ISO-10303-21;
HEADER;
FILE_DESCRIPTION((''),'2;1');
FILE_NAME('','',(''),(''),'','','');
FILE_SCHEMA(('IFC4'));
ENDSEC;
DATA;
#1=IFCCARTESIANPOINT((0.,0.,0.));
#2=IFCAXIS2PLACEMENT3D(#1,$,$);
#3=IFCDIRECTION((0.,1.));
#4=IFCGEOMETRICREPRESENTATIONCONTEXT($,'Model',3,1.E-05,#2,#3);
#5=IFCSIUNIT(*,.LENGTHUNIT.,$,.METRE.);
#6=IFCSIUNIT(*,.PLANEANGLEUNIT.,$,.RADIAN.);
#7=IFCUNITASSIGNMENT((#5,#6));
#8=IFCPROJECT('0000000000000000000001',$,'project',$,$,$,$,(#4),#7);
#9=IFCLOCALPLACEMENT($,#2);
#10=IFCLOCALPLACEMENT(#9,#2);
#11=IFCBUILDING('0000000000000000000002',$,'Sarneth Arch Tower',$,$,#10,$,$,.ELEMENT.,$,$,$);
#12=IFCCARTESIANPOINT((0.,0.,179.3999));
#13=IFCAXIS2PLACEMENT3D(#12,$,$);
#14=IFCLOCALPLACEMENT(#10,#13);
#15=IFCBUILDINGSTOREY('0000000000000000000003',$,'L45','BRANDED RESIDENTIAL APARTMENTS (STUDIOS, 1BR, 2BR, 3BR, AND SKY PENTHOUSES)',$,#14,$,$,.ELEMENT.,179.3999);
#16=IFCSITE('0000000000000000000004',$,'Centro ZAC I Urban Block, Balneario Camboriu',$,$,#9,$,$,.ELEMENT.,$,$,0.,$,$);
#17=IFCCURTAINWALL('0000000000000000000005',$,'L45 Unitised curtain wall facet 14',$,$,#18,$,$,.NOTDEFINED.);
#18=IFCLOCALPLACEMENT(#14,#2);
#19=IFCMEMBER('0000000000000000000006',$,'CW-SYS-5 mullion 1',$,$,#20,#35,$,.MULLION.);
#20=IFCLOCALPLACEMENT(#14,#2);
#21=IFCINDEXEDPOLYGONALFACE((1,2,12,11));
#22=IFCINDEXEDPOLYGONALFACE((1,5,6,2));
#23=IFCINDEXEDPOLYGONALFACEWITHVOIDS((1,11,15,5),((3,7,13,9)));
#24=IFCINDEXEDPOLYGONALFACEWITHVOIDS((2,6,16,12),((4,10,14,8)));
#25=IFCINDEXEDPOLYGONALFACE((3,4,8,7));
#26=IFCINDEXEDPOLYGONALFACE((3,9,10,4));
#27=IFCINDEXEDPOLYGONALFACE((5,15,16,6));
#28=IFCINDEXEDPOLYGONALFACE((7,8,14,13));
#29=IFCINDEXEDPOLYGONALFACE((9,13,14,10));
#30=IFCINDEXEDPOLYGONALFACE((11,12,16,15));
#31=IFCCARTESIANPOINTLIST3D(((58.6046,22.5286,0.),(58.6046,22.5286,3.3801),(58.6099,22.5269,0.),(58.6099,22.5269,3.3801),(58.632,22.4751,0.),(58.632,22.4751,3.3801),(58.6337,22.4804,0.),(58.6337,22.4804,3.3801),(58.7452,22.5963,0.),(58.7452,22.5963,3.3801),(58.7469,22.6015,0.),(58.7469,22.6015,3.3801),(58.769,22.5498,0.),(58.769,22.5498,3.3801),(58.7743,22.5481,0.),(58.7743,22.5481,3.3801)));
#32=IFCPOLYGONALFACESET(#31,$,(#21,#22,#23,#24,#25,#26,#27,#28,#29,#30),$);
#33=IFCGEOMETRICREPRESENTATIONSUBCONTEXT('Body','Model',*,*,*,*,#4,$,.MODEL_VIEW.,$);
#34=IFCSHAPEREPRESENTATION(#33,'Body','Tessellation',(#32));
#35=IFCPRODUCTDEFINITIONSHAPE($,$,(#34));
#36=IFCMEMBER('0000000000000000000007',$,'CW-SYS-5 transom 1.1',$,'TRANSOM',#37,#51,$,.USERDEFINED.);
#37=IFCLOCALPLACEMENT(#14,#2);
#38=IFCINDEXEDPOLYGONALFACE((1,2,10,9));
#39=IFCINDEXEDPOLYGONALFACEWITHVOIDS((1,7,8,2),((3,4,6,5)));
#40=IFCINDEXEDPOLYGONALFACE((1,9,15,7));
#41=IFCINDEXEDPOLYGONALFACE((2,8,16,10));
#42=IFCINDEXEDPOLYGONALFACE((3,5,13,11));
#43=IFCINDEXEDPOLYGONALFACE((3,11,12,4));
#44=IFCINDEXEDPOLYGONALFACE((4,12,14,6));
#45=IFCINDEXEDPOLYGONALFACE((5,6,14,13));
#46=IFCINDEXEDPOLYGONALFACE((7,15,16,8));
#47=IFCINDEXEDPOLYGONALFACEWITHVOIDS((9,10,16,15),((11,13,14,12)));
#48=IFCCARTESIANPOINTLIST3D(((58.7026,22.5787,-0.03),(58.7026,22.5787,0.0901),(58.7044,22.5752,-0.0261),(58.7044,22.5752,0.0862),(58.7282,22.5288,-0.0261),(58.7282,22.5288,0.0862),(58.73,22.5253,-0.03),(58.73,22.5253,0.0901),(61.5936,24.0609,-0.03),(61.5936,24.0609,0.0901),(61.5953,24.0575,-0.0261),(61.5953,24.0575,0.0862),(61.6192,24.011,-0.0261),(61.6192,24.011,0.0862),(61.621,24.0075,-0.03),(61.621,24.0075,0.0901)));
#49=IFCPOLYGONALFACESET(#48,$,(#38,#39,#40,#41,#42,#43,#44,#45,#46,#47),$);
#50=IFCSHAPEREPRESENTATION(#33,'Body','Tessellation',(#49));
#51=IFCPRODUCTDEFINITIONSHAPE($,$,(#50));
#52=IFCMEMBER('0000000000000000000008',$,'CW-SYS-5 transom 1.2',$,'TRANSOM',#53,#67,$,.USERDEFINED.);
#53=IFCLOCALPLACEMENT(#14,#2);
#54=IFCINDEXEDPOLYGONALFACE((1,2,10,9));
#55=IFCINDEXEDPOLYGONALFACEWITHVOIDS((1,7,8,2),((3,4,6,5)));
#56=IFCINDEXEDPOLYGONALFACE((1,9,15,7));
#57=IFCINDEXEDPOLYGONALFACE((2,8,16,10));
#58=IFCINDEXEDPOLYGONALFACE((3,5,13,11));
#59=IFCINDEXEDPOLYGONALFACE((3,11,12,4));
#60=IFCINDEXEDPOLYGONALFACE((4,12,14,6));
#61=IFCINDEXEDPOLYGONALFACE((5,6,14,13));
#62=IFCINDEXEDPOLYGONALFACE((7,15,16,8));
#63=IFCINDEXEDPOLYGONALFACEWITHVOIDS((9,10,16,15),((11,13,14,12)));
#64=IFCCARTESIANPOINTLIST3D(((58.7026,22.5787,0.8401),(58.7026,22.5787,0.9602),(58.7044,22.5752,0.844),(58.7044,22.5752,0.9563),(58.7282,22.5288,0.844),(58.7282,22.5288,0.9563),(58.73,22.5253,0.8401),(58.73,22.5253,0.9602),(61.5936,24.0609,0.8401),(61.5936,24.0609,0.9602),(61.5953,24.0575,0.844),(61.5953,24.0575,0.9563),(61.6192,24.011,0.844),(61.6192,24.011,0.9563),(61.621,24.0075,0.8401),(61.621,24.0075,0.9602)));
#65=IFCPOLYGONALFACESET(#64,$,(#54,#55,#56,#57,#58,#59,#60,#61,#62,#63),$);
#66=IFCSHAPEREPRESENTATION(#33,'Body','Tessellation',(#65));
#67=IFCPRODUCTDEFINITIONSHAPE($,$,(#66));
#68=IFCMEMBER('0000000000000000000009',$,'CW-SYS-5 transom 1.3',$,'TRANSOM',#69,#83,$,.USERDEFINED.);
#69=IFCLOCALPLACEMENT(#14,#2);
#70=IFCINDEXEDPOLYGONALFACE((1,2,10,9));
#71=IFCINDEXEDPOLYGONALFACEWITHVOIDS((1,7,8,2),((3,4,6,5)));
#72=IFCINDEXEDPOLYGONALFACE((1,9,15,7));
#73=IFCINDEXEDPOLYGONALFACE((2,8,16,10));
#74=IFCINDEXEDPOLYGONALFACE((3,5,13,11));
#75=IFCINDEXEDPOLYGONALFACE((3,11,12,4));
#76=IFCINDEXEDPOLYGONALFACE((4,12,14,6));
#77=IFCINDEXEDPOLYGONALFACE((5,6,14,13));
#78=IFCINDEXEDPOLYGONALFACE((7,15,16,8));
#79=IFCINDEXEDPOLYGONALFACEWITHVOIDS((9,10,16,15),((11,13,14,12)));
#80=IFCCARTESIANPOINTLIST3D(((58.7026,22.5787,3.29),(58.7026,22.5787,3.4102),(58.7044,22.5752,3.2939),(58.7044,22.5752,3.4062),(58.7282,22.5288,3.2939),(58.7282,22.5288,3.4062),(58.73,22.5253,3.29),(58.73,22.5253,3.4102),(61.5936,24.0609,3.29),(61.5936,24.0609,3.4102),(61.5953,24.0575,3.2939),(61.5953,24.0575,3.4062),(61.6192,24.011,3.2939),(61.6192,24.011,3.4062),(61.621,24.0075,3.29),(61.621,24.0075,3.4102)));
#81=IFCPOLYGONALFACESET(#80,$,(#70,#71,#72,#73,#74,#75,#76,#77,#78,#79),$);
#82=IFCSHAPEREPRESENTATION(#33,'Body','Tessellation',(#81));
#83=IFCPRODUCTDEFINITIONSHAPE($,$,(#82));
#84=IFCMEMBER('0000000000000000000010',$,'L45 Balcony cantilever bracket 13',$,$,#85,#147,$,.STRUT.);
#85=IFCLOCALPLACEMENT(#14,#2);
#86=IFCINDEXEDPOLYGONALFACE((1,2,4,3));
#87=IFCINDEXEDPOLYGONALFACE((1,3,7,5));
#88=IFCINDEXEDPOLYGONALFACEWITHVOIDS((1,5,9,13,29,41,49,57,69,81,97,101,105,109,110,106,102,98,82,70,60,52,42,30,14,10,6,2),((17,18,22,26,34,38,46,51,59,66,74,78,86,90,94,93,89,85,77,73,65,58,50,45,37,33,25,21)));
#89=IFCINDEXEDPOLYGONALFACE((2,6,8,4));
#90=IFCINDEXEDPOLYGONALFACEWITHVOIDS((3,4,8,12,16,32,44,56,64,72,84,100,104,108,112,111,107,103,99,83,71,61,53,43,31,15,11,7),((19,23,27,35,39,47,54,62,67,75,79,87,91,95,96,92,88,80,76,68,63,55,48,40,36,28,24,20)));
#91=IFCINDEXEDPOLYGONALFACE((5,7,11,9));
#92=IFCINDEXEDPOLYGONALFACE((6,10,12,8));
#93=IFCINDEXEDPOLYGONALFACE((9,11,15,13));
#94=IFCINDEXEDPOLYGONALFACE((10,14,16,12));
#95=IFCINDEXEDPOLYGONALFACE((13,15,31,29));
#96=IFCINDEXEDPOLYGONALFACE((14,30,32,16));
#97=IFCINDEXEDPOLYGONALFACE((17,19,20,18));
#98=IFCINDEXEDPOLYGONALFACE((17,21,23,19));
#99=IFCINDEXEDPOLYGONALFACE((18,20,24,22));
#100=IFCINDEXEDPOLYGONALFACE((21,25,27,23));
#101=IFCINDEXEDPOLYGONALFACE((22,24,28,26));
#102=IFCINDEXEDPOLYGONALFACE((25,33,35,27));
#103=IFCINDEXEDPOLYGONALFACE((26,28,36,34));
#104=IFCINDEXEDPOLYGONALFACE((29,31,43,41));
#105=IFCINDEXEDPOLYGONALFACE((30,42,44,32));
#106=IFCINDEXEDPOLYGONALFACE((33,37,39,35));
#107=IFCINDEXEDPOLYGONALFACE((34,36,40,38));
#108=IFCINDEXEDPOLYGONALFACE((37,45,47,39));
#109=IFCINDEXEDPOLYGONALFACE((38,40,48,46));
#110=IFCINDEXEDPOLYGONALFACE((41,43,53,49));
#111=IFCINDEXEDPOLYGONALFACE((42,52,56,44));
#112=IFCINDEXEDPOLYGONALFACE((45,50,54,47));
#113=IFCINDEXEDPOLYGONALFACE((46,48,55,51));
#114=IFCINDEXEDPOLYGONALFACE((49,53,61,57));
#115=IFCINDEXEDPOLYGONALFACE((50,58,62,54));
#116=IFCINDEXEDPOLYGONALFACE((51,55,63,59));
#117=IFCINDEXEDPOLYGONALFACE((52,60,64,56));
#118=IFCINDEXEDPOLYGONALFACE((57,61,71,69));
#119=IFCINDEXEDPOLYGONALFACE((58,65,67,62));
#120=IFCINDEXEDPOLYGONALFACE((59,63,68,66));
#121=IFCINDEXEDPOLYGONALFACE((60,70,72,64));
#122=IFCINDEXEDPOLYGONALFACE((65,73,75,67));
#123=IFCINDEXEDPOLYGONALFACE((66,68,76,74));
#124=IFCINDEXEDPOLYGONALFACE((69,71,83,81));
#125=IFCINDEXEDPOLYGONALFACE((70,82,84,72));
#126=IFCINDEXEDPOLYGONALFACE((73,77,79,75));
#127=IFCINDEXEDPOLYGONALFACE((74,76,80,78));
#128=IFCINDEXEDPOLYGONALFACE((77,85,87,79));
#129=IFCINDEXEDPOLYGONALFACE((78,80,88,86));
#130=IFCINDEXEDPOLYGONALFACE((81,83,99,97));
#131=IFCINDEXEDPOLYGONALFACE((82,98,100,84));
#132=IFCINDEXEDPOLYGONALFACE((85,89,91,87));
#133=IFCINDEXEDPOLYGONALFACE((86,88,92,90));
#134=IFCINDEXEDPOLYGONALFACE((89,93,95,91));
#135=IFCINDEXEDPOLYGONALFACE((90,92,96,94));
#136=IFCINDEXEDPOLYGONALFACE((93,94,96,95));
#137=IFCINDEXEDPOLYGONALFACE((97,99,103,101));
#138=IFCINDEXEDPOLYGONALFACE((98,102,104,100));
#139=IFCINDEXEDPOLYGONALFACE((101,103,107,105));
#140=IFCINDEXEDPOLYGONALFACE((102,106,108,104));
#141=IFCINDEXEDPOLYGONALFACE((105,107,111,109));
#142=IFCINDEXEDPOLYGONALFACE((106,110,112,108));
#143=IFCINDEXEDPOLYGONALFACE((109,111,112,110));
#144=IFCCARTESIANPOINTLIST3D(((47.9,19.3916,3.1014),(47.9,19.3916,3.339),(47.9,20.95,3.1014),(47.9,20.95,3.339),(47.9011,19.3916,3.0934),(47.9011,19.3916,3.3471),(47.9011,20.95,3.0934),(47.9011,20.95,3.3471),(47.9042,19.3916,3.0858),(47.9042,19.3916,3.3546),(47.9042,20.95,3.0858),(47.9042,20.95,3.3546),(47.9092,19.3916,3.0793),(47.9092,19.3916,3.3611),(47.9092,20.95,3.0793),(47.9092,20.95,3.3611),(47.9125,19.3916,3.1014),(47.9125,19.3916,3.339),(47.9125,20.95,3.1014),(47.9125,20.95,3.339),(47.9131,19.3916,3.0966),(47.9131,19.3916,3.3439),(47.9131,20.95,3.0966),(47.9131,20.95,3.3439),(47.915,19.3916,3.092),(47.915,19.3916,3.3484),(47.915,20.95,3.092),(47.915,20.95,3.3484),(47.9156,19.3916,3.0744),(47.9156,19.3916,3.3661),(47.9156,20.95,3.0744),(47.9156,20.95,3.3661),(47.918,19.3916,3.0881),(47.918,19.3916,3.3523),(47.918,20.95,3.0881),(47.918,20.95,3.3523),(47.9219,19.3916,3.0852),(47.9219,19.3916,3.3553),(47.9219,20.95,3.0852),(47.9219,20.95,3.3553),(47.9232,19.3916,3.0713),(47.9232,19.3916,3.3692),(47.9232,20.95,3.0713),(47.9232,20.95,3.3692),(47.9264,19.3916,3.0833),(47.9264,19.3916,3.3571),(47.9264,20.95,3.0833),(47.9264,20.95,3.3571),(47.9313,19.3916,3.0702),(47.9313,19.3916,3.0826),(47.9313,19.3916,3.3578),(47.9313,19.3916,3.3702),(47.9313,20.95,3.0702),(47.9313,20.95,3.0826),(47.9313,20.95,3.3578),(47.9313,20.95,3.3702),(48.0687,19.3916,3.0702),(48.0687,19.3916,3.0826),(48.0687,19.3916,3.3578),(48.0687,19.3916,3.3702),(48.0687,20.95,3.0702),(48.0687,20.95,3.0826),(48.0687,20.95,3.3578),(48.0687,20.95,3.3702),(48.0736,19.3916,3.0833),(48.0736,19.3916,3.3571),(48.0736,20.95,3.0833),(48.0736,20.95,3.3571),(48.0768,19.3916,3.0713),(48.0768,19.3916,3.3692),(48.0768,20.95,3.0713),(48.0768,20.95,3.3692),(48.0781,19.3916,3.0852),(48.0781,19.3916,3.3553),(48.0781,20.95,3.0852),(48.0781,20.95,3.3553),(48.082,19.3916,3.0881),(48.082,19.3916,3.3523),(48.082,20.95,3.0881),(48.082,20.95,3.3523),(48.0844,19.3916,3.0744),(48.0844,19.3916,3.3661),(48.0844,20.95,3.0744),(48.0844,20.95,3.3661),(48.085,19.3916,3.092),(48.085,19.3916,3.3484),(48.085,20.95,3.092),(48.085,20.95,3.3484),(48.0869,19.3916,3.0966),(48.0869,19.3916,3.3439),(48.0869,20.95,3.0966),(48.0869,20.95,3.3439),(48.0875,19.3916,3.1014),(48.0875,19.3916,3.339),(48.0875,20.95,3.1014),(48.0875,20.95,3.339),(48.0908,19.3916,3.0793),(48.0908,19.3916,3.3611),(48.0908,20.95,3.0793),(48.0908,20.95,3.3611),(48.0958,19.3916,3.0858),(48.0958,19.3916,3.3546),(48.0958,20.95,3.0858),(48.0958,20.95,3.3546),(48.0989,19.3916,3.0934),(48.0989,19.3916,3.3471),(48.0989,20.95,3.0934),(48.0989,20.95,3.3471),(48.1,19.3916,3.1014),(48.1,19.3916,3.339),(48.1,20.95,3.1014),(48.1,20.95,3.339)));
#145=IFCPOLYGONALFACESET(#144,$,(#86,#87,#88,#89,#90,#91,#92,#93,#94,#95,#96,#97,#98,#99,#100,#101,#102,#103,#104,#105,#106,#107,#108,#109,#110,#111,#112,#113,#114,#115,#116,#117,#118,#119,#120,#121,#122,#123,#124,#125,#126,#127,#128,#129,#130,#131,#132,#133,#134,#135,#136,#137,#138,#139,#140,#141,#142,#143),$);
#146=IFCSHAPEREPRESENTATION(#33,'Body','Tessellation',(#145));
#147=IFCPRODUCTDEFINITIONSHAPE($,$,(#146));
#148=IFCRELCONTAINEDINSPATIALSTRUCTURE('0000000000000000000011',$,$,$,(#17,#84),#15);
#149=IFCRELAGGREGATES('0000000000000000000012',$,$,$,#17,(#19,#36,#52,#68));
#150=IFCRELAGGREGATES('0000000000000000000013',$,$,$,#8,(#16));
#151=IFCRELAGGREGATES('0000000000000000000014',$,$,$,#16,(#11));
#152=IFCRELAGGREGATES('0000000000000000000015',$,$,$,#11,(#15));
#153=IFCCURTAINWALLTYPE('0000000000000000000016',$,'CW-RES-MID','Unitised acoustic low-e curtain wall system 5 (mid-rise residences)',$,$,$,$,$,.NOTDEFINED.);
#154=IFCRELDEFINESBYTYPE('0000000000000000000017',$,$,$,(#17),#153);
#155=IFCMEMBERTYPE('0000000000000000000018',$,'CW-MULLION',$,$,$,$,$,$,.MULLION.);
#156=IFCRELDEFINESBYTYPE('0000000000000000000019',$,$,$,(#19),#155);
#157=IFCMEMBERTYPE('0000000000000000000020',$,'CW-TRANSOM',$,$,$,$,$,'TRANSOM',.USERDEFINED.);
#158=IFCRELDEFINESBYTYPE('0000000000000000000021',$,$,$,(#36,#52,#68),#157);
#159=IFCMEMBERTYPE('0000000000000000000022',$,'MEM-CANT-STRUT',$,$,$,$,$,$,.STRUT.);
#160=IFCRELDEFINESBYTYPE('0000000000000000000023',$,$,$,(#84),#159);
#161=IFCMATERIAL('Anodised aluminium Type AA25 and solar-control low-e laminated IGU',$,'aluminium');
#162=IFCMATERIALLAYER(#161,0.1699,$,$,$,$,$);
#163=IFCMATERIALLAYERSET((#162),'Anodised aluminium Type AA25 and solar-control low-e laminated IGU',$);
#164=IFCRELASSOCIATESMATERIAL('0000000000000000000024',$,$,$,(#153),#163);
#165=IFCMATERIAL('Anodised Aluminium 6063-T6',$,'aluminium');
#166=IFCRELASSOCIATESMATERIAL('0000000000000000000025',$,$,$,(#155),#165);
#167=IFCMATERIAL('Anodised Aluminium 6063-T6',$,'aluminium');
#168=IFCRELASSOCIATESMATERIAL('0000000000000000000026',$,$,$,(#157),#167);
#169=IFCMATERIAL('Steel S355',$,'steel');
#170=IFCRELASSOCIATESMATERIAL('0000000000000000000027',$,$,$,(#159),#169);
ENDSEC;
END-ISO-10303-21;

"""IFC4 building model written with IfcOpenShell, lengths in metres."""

from ifc_helpers import new_model, si_unit, direction, frame, origin, origin_2d, place, context, subcontext, project, spatial, hollow_rectangle, extrude, material, layer, layer_set, material_profile, profile_set, type_object, element, aggregate, save


model = new_model("IFC4")

# Units and contexts
model_context = context("Model", 3, precision=1e-05, world=origin(), true_north=direction((0.0, 1.0)))
body_context = subcontext(model_context, "Body", "Model", "MODEL_VIEW")
ifc_project = project(units=[si_unit("LENGTHUNIT", "METRE"), si_unit("PLANEANGLEUNIT", "RADIAN")], contexts=[model_context])

# Site, building, storey
site_placement = place(None, origin())
site = spatial("IfcSite", under=ifc_project, at=site_placement, Name="Centro ZAC I Urban Block, Balneario Camboriu", CompositionType="ELEMENT", RefElevation=0.0)
building_placement = place(site_placement, origin())
building = spatial("IfcBuilding", under=site, at=building_placement, Name="Sarneth Arch Tower", CompositionType="ELEMENT")
storey_placement = place(building_placement, frame((0.0, 0.0, 179.3999)))
storey = spatial("IfcBuildingStorey", under=building, at=storey_placement, Name="L45", Description="BRANDED RESIDENTIAL APARTMENTS (STUDIOS, 1BR, 2BR, 3BR, AND SKY PENTHOUSES)", CompositionType="ELEMENT", Elevation=179.3999)

# Curtain wall, members
ifc_material_1 = material(Name="Anodised aluminium Type AA25 and solar-control low-e laminated IGU", Category="aluminium")
ifc_layer_1 = layer(ifc_material_1, 0.1699)
ifc_layer_set_1 = layer_set([ifc_layer_1], Name="Anodised aluminium Type AA25 and solar-control low-e laminated IGU")
curtain_wall_type = type_object("IfcCurtainWallType", Name="CW-RES-MID", Description="Unitised acoustic low-e curtain wall system 5 (mid-rise residences)", PredefinedType="NOTDEFINED", material=ifc_layer_set_1)
curtain_wall_placement = place(storey_placement, origin())
curtain_wall = element("IfcCurtainWall", 1, at=curtain_wall_placement, inside=storey, type_object=curtain_wall_type, Name="L45 Unitised curtain wall facet 14", PredefinedType="NOTDEFINED")
ifc_material_2 = material(Name="Anodised Aluminium 6063-T6", Category="aluminium")
ifc_material_profile_1 = material_profile(ifc_material_2, hollow_rectangle(XDim=0.0601, YDim=0.1599, WallThickness=0.0039, at=origin_2d()), Name="AL-MULL-160x60x4")
ifc_profile_set_1 = profile_set([ifc_material_profile_1], Name="Anodised Aluminium 6063-T6")
member_type_1 = type_object("IfcMemberType", Name="CW-MULLION", PredefinedType="MULLION", material=ifc_profile_set_1)
member_1_placement = place(storey_placement, frame((58.6895, 22.5383, 0.0), z_axis=(0.0, 0.0, 1.0), x_axis=(-0.456208, 0.889873, 0.0)))
member_1 = element("IfcMember", 2, at=member_1_placement, type_object=member_type_1, Name="CW-SYS-5 mullion 1", PredefinedType="MULLION", context=body_context, shape_type="SweptSolid", body=[
    extrude(hollow_rectangle(XDim=0.0601, YDim=0.1599, WallThickness=0.0039, at=origin_2d()), origin(), (0.0, 0.0, 1.0), 3.3801),
])
ifc_material_3 = material(Name="Anodised Aluminium 6063-T6", Category="aluminium")
ifc_material_profile_2 = material_profile(ifc_material_3, hollow_rectangle(XDim=0.0601, YDim=0.1201, WallThickness=0.0039, at=origin_2d()), Name="AL-TRAN-120x60x4")
ifc_profile_set_2 = profile_set([ifc_material_profile_2], Name="Anodised Aluminium 6063-T6")
member_type_2 = type_object("IfcMemberType", Name="CW-TRANSOM", ElementType="TRANSOM", PredefinedType="USERDEFINED", material=ifc_profile_set_2)
member_2_placement = place(storey_placement, frame((58.7163, 22.552, 0.03), z_axis=(0.889857, 0.456239, 0.0), x_axis=(-0.456239, 0.889857, 0.0)))
member_2 = element("IfcMember", 3, at=member_2_placement, type_object=member_type_2, Name="CW-SYS-5 transom 1.1", ObjectType="TRANSOM", PredefinedType="USERDEFINED", context=body_context, shape_type="SweptSolid", body=[
    extrude(hollow_rectangle(XDim=0.0601, YDim=0.1201, WallThickness=0.0039, at=origin_2d()), origin(), (0.0, 0.0, 1.0), 3.2488),
])
member_3_placement = place(storey_placement, frame((58.7163, 22.552, 0.9001), z_axis=(0.889857, 0.456239, 0.0), x_axis=(-0.456239, 0.889857, 0.0)))
member_3 = element("IfcMember", 4, at=member_3_placement, type_object=member_type_2, Name="CW-SYS-5 transom 1.2", ObjectType="TRANSOM", PredefinedType="USERDEFINED", context=body_context, shape_type="SweptSolid", body=[
    extrude(hollow_rectangle(XDim=0.0601, YDim=0.1201, WallThickness=0.0039, at=origin_2d()), origin(), (0.0, 0.0, 1.0), 3.2488),
])
member_4_placement = place(storey_placement, frame((58.7163, 22.552, 3.3501), z_axis=(0.889857, 0.456239, 0.0), x_axis=(-0.456239, 0.889857, 0.0)))
member_4 = element("IfcMember", 5, at=member_4_placement, type_object=member_type_2, Name="CW-SYS-5 transom 1.3", ObjectType="TRANSOM", PredefinedType="USERDEFINED", context=body_context, shape_type="SweptSolid", body=[
    extrude(hollow_rectangle(XDim=0.0601, YDim=0.1201, WallThickness=0.0039, at=origin_2d()), origin(), (0.0, 0.0, 1.0), 3.2488),
])
aggregate(curtain_wall, [member_1, member_2, member_3, member_4])

# Member
ifc_material_4 = material(Name="Steel S355", Category="steel")
ifc_material_profile_3 = material_profile(ifc_material_4, hollow_rectangle(XDim=0.2, YDim=0.3, WallThickness=0.0125, InnerFilletRadius=0.0188, OuterFilletRadius=0.0312, at=origin_2d()), Name="RHS300x200x12.5")
ifc_profile_set_3 = profile_set([ifc_material_profile_3], Name="Steel S355")
member_type_3 = type_object("IfcMemberType", Name="MEM-CANT-STRUT", PredefinedType="STRUT", material=ifc_profile_set_3)
member_5_placement = place(storey_placement, frame((48.0, 20.95, 3.2202), z_axis=(0.0, -1.0, 0.0), x_axis=(1.0, 0.0, 0.0)))
element("IfcMember", 6, at=member_5_placement, inside=storey, type_object=member_type_3, Name="L45 Balcony cantilever bracket 13", PredefinedType="STRUT", context=body_context, shape_type="SweptSolid", body=[
    extrude(hollow_rectangle(XDim=0.2, YDim=0.3, WallThickness=0.0125, InnerFilletRadius=0.0188, OuterFilletRadius=0.0312, at=origin_2d()), origin(), (0.0, 0.0, 1.0), 1.5583),
])

save(model, "model.ifc")
